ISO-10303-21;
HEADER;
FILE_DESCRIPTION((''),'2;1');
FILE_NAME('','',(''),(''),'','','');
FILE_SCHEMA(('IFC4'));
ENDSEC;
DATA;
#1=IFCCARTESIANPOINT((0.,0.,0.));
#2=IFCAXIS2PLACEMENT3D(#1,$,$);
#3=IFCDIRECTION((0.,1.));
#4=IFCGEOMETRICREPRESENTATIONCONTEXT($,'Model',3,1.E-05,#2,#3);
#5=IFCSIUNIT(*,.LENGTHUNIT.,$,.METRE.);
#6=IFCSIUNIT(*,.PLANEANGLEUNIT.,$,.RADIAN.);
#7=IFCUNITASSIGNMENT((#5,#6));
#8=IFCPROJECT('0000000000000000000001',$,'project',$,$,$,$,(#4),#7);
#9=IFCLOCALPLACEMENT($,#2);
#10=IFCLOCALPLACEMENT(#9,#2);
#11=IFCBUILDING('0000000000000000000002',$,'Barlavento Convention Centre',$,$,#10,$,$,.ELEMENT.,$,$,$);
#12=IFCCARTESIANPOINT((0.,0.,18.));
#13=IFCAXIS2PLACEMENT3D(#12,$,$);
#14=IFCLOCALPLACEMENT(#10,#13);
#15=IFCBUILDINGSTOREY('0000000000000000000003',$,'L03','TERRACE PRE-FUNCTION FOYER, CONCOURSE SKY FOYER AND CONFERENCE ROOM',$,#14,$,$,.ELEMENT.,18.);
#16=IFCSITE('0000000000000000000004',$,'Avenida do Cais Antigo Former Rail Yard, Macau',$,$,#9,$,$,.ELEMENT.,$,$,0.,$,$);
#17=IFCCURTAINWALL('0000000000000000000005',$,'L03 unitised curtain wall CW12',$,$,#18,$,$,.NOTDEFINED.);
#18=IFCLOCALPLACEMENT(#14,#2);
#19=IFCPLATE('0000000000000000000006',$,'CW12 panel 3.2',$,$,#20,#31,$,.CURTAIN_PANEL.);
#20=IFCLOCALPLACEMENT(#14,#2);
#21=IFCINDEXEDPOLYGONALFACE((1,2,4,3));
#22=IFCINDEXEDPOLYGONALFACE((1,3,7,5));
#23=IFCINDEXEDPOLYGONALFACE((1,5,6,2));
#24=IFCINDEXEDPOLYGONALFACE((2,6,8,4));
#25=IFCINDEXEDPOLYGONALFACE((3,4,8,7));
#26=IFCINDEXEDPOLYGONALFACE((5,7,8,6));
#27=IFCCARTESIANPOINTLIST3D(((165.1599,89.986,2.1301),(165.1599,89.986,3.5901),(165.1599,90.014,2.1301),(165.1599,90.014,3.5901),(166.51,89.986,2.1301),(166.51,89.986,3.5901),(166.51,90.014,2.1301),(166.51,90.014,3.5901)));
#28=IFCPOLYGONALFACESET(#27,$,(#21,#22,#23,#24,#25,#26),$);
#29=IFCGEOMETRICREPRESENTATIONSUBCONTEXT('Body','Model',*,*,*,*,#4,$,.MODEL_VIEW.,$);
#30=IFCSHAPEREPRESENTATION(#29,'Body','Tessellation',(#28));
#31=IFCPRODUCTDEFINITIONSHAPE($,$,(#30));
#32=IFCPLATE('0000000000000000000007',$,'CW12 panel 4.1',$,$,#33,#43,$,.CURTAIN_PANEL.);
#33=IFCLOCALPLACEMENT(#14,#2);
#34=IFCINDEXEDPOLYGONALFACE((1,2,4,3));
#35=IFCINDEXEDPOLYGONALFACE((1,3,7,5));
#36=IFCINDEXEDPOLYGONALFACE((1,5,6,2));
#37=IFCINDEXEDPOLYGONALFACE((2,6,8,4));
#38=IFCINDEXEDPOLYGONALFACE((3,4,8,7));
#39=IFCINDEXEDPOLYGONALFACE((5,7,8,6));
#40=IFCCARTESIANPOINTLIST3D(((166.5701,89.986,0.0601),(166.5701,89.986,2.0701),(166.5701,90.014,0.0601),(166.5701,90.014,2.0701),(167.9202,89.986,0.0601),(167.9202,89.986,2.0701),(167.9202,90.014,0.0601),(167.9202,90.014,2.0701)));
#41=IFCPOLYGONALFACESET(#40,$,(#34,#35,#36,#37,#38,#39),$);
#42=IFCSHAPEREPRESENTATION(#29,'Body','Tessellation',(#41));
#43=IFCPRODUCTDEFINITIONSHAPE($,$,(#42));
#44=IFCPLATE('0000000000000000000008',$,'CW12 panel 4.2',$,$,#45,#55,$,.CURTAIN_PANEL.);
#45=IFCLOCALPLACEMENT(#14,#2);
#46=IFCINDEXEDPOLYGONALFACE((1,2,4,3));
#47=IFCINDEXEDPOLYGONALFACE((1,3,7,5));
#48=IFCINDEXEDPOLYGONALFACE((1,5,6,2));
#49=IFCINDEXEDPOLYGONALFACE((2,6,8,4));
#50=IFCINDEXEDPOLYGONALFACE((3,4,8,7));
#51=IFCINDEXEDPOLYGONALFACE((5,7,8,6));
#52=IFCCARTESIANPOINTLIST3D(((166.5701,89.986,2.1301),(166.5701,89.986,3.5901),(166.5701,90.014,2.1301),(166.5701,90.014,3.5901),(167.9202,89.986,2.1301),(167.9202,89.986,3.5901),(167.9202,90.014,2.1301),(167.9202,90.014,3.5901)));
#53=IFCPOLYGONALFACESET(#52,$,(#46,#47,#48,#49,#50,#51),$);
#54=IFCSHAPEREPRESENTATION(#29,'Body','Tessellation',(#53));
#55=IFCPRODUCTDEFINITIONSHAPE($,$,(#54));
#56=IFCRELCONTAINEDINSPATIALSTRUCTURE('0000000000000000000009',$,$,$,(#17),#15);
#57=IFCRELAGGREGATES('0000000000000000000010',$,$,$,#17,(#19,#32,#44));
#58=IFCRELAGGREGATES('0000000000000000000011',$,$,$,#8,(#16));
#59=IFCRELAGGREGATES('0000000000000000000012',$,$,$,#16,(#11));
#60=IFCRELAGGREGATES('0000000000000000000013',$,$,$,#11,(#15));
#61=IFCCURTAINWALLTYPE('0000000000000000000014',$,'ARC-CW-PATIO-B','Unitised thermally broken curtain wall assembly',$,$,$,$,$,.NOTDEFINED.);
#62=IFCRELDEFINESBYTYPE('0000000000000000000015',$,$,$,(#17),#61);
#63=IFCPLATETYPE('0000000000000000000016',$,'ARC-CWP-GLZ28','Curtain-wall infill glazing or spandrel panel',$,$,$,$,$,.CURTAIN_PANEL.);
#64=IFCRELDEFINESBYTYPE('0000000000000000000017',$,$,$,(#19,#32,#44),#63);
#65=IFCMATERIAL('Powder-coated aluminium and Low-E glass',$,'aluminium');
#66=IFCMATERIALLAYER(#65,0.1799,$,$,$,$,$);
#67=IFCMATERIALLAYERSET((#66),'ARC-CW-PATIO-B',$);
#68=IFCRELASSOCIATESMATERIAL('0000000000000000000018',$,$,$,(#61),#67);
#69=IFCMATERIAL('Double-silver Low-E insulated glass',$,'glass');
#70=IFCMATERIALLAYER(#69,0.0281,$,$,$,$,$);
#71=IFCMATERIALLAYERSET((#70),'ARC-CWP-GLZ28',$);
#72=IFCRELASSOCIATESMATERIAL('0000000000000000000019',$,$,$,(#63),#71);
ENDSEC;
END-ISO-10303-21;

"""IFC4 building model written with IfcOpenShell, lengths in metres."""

from ifc_helpers import new_model, si_unit, direction, frame, origin, origin_2d, place, context, subcontext, project, spatial, rectangle, extrude, material, layer, layer_set, type_object, element, aggregate, save


model = new_model("IFC4")

# Units and contexts
model_context = context("Model", 3, precision=1e-05, world=origin(), true_north=direction((0.0, 1.0)))
body_context = subcontext(model_context, "Body", "Model", "MODEL_VIEW")
ifc_project = project(units=[si_unit("LENGTHUNIT", "METRE"), si_unit("PLANEANGLEUNIT", "RADIAN")], contexts=[model_context])

# Site, building, storey
site_placement = place(None, origin())
site = spatial("IfcSite", under=ifc_project, at=site_placement, Name="Avenida do Cais Antigo Former Rail Yard, Macau", CompositionType="ELEMENT", RefElevation=0.0)
building_placement = place(site_placement, origin())
building = spatial("IfcBuilding", under=site, at=building_placement, Name="Barlavento Convention Centre", CompositionType="ELEMENT")
storey_placement = place(building_placement, frame((0.0, 0.0, 18.0)))
storey = spatial("IfcBuildingStorey", under=building, at=storey_placement, Name="L03", Description="TERRACE PRE-FUNCTION FOYER, CONCOURSE SKY FOYER AND CONFERENCE ROOM", CompositionType="ELEMENT", Elevation=18.0)

# Shared definitions
ifc_material_1 = material(Name="Powder-coated aluminium and Low-E glass", Category="aluminium")
ifc_layer_1 = layer(ifc_material_1, 0.1799)
ifc_layer_set_1 = layer_set([ifc_layer_1], Name="ARC-CW-PATIO-B")
curtain_wall_type = type_object("IfcCurtainWallType", Name="ARC-CW-PATIO-B", Description="Unitised thermally broken curtain wall assembly", PredefinedType="NOTDEFINED", material=ifc_layer_set_1)

# Curtain wall
curtain_wall_1_placement = place(storey_placement, origin())
curtain_wall_1 = element("IfcCurtainWall", 1, at=curtain_wall_1_placement, inside=storey, type_object=curtain_wall_type, Name="L03 unitised curtain wall CW12", PredefinedType="NOTDEFINED")

# Plates
ifc_material_2 = material(Name="Double-silver Low-E insulated glass", Category="glass")
ifc_layer_2 = layer(ifc_material_2, 0.0281)
ifc_layer_set_2 = layer_set([ifc_layer_2], Name="ARC-CWP-GLZ28")
plate_type = type_object("IfcPlateType", Name="ARC-CWP-GLZ28", Description="Curtain-wall infill glazing or spandrel panel", PredefinedType="CURTAIN_PANEL", material=ifc_layer_set_2)
plate_1_placement = place(storey_placement, frame((165.835, 90.0, 2.1301), z_axis=(0.0, 0.0, 1.0), x_axis=(1.0, 0.0, 0.0)))
plate_1 = element("IfcPlate", 2, at=plate_1_placement, type_object=plate_type, Name="CW12 panel 3.2", PredefinedType="CURTAIN_PANEL", context=body_context, shape_type="SweptSolid", body=[
    extrude(rectangle(XDim=1.3501, YDim=0.0281, at=origin_2d()), origin(), (0.0, 0.0, 1.0), 1.46),
])
plate_2_placement = place(storey_placement, frame((167.2451, 90.0, 0.0601), z_axis=(0.0, 0.0, 1.0), x_axis=(1.0, 0.0, 0.0)))
plate_2 = element("IfcPlate", 3, at=plate_2_placement, type_object=plate_type, Name="CW12 panel 4.1", PredefinedType="CURTAIN_PANEL", context=body_context, shape_type="SweptSolid", body=[
    extrude(rectangle(XDim=1.3501, YDim=0.0281, at=origin_2d()), origin(), (0.0, 0.0, 1.0), 2.01),
])
plate_3_placement = place(storey_placement, frame((167.2451, 90.0, 2.1301), z_axis=(0.0, 0.0, 1.0), x_axis=(1.0, 0.0, 0.0)))
plate_3 = element("IfcPlate", 4, at=plate_3_placement, type_object=plate_type, Name="CW12 panel 4.2", PredefinedType="CURTAIN_PANEL", context=body_context, shape_type="SweptSolid", body=[
    extrude(rectangle(XDim=1.3501, YDim=0.0281, at=origin_2d()), origin(), (0.0, 0.0, 1.0), 1.46),
])
aggregate(curtain_wall_1, [plate_1, plate_2, plate_3])

save(model, "model.ifc")
